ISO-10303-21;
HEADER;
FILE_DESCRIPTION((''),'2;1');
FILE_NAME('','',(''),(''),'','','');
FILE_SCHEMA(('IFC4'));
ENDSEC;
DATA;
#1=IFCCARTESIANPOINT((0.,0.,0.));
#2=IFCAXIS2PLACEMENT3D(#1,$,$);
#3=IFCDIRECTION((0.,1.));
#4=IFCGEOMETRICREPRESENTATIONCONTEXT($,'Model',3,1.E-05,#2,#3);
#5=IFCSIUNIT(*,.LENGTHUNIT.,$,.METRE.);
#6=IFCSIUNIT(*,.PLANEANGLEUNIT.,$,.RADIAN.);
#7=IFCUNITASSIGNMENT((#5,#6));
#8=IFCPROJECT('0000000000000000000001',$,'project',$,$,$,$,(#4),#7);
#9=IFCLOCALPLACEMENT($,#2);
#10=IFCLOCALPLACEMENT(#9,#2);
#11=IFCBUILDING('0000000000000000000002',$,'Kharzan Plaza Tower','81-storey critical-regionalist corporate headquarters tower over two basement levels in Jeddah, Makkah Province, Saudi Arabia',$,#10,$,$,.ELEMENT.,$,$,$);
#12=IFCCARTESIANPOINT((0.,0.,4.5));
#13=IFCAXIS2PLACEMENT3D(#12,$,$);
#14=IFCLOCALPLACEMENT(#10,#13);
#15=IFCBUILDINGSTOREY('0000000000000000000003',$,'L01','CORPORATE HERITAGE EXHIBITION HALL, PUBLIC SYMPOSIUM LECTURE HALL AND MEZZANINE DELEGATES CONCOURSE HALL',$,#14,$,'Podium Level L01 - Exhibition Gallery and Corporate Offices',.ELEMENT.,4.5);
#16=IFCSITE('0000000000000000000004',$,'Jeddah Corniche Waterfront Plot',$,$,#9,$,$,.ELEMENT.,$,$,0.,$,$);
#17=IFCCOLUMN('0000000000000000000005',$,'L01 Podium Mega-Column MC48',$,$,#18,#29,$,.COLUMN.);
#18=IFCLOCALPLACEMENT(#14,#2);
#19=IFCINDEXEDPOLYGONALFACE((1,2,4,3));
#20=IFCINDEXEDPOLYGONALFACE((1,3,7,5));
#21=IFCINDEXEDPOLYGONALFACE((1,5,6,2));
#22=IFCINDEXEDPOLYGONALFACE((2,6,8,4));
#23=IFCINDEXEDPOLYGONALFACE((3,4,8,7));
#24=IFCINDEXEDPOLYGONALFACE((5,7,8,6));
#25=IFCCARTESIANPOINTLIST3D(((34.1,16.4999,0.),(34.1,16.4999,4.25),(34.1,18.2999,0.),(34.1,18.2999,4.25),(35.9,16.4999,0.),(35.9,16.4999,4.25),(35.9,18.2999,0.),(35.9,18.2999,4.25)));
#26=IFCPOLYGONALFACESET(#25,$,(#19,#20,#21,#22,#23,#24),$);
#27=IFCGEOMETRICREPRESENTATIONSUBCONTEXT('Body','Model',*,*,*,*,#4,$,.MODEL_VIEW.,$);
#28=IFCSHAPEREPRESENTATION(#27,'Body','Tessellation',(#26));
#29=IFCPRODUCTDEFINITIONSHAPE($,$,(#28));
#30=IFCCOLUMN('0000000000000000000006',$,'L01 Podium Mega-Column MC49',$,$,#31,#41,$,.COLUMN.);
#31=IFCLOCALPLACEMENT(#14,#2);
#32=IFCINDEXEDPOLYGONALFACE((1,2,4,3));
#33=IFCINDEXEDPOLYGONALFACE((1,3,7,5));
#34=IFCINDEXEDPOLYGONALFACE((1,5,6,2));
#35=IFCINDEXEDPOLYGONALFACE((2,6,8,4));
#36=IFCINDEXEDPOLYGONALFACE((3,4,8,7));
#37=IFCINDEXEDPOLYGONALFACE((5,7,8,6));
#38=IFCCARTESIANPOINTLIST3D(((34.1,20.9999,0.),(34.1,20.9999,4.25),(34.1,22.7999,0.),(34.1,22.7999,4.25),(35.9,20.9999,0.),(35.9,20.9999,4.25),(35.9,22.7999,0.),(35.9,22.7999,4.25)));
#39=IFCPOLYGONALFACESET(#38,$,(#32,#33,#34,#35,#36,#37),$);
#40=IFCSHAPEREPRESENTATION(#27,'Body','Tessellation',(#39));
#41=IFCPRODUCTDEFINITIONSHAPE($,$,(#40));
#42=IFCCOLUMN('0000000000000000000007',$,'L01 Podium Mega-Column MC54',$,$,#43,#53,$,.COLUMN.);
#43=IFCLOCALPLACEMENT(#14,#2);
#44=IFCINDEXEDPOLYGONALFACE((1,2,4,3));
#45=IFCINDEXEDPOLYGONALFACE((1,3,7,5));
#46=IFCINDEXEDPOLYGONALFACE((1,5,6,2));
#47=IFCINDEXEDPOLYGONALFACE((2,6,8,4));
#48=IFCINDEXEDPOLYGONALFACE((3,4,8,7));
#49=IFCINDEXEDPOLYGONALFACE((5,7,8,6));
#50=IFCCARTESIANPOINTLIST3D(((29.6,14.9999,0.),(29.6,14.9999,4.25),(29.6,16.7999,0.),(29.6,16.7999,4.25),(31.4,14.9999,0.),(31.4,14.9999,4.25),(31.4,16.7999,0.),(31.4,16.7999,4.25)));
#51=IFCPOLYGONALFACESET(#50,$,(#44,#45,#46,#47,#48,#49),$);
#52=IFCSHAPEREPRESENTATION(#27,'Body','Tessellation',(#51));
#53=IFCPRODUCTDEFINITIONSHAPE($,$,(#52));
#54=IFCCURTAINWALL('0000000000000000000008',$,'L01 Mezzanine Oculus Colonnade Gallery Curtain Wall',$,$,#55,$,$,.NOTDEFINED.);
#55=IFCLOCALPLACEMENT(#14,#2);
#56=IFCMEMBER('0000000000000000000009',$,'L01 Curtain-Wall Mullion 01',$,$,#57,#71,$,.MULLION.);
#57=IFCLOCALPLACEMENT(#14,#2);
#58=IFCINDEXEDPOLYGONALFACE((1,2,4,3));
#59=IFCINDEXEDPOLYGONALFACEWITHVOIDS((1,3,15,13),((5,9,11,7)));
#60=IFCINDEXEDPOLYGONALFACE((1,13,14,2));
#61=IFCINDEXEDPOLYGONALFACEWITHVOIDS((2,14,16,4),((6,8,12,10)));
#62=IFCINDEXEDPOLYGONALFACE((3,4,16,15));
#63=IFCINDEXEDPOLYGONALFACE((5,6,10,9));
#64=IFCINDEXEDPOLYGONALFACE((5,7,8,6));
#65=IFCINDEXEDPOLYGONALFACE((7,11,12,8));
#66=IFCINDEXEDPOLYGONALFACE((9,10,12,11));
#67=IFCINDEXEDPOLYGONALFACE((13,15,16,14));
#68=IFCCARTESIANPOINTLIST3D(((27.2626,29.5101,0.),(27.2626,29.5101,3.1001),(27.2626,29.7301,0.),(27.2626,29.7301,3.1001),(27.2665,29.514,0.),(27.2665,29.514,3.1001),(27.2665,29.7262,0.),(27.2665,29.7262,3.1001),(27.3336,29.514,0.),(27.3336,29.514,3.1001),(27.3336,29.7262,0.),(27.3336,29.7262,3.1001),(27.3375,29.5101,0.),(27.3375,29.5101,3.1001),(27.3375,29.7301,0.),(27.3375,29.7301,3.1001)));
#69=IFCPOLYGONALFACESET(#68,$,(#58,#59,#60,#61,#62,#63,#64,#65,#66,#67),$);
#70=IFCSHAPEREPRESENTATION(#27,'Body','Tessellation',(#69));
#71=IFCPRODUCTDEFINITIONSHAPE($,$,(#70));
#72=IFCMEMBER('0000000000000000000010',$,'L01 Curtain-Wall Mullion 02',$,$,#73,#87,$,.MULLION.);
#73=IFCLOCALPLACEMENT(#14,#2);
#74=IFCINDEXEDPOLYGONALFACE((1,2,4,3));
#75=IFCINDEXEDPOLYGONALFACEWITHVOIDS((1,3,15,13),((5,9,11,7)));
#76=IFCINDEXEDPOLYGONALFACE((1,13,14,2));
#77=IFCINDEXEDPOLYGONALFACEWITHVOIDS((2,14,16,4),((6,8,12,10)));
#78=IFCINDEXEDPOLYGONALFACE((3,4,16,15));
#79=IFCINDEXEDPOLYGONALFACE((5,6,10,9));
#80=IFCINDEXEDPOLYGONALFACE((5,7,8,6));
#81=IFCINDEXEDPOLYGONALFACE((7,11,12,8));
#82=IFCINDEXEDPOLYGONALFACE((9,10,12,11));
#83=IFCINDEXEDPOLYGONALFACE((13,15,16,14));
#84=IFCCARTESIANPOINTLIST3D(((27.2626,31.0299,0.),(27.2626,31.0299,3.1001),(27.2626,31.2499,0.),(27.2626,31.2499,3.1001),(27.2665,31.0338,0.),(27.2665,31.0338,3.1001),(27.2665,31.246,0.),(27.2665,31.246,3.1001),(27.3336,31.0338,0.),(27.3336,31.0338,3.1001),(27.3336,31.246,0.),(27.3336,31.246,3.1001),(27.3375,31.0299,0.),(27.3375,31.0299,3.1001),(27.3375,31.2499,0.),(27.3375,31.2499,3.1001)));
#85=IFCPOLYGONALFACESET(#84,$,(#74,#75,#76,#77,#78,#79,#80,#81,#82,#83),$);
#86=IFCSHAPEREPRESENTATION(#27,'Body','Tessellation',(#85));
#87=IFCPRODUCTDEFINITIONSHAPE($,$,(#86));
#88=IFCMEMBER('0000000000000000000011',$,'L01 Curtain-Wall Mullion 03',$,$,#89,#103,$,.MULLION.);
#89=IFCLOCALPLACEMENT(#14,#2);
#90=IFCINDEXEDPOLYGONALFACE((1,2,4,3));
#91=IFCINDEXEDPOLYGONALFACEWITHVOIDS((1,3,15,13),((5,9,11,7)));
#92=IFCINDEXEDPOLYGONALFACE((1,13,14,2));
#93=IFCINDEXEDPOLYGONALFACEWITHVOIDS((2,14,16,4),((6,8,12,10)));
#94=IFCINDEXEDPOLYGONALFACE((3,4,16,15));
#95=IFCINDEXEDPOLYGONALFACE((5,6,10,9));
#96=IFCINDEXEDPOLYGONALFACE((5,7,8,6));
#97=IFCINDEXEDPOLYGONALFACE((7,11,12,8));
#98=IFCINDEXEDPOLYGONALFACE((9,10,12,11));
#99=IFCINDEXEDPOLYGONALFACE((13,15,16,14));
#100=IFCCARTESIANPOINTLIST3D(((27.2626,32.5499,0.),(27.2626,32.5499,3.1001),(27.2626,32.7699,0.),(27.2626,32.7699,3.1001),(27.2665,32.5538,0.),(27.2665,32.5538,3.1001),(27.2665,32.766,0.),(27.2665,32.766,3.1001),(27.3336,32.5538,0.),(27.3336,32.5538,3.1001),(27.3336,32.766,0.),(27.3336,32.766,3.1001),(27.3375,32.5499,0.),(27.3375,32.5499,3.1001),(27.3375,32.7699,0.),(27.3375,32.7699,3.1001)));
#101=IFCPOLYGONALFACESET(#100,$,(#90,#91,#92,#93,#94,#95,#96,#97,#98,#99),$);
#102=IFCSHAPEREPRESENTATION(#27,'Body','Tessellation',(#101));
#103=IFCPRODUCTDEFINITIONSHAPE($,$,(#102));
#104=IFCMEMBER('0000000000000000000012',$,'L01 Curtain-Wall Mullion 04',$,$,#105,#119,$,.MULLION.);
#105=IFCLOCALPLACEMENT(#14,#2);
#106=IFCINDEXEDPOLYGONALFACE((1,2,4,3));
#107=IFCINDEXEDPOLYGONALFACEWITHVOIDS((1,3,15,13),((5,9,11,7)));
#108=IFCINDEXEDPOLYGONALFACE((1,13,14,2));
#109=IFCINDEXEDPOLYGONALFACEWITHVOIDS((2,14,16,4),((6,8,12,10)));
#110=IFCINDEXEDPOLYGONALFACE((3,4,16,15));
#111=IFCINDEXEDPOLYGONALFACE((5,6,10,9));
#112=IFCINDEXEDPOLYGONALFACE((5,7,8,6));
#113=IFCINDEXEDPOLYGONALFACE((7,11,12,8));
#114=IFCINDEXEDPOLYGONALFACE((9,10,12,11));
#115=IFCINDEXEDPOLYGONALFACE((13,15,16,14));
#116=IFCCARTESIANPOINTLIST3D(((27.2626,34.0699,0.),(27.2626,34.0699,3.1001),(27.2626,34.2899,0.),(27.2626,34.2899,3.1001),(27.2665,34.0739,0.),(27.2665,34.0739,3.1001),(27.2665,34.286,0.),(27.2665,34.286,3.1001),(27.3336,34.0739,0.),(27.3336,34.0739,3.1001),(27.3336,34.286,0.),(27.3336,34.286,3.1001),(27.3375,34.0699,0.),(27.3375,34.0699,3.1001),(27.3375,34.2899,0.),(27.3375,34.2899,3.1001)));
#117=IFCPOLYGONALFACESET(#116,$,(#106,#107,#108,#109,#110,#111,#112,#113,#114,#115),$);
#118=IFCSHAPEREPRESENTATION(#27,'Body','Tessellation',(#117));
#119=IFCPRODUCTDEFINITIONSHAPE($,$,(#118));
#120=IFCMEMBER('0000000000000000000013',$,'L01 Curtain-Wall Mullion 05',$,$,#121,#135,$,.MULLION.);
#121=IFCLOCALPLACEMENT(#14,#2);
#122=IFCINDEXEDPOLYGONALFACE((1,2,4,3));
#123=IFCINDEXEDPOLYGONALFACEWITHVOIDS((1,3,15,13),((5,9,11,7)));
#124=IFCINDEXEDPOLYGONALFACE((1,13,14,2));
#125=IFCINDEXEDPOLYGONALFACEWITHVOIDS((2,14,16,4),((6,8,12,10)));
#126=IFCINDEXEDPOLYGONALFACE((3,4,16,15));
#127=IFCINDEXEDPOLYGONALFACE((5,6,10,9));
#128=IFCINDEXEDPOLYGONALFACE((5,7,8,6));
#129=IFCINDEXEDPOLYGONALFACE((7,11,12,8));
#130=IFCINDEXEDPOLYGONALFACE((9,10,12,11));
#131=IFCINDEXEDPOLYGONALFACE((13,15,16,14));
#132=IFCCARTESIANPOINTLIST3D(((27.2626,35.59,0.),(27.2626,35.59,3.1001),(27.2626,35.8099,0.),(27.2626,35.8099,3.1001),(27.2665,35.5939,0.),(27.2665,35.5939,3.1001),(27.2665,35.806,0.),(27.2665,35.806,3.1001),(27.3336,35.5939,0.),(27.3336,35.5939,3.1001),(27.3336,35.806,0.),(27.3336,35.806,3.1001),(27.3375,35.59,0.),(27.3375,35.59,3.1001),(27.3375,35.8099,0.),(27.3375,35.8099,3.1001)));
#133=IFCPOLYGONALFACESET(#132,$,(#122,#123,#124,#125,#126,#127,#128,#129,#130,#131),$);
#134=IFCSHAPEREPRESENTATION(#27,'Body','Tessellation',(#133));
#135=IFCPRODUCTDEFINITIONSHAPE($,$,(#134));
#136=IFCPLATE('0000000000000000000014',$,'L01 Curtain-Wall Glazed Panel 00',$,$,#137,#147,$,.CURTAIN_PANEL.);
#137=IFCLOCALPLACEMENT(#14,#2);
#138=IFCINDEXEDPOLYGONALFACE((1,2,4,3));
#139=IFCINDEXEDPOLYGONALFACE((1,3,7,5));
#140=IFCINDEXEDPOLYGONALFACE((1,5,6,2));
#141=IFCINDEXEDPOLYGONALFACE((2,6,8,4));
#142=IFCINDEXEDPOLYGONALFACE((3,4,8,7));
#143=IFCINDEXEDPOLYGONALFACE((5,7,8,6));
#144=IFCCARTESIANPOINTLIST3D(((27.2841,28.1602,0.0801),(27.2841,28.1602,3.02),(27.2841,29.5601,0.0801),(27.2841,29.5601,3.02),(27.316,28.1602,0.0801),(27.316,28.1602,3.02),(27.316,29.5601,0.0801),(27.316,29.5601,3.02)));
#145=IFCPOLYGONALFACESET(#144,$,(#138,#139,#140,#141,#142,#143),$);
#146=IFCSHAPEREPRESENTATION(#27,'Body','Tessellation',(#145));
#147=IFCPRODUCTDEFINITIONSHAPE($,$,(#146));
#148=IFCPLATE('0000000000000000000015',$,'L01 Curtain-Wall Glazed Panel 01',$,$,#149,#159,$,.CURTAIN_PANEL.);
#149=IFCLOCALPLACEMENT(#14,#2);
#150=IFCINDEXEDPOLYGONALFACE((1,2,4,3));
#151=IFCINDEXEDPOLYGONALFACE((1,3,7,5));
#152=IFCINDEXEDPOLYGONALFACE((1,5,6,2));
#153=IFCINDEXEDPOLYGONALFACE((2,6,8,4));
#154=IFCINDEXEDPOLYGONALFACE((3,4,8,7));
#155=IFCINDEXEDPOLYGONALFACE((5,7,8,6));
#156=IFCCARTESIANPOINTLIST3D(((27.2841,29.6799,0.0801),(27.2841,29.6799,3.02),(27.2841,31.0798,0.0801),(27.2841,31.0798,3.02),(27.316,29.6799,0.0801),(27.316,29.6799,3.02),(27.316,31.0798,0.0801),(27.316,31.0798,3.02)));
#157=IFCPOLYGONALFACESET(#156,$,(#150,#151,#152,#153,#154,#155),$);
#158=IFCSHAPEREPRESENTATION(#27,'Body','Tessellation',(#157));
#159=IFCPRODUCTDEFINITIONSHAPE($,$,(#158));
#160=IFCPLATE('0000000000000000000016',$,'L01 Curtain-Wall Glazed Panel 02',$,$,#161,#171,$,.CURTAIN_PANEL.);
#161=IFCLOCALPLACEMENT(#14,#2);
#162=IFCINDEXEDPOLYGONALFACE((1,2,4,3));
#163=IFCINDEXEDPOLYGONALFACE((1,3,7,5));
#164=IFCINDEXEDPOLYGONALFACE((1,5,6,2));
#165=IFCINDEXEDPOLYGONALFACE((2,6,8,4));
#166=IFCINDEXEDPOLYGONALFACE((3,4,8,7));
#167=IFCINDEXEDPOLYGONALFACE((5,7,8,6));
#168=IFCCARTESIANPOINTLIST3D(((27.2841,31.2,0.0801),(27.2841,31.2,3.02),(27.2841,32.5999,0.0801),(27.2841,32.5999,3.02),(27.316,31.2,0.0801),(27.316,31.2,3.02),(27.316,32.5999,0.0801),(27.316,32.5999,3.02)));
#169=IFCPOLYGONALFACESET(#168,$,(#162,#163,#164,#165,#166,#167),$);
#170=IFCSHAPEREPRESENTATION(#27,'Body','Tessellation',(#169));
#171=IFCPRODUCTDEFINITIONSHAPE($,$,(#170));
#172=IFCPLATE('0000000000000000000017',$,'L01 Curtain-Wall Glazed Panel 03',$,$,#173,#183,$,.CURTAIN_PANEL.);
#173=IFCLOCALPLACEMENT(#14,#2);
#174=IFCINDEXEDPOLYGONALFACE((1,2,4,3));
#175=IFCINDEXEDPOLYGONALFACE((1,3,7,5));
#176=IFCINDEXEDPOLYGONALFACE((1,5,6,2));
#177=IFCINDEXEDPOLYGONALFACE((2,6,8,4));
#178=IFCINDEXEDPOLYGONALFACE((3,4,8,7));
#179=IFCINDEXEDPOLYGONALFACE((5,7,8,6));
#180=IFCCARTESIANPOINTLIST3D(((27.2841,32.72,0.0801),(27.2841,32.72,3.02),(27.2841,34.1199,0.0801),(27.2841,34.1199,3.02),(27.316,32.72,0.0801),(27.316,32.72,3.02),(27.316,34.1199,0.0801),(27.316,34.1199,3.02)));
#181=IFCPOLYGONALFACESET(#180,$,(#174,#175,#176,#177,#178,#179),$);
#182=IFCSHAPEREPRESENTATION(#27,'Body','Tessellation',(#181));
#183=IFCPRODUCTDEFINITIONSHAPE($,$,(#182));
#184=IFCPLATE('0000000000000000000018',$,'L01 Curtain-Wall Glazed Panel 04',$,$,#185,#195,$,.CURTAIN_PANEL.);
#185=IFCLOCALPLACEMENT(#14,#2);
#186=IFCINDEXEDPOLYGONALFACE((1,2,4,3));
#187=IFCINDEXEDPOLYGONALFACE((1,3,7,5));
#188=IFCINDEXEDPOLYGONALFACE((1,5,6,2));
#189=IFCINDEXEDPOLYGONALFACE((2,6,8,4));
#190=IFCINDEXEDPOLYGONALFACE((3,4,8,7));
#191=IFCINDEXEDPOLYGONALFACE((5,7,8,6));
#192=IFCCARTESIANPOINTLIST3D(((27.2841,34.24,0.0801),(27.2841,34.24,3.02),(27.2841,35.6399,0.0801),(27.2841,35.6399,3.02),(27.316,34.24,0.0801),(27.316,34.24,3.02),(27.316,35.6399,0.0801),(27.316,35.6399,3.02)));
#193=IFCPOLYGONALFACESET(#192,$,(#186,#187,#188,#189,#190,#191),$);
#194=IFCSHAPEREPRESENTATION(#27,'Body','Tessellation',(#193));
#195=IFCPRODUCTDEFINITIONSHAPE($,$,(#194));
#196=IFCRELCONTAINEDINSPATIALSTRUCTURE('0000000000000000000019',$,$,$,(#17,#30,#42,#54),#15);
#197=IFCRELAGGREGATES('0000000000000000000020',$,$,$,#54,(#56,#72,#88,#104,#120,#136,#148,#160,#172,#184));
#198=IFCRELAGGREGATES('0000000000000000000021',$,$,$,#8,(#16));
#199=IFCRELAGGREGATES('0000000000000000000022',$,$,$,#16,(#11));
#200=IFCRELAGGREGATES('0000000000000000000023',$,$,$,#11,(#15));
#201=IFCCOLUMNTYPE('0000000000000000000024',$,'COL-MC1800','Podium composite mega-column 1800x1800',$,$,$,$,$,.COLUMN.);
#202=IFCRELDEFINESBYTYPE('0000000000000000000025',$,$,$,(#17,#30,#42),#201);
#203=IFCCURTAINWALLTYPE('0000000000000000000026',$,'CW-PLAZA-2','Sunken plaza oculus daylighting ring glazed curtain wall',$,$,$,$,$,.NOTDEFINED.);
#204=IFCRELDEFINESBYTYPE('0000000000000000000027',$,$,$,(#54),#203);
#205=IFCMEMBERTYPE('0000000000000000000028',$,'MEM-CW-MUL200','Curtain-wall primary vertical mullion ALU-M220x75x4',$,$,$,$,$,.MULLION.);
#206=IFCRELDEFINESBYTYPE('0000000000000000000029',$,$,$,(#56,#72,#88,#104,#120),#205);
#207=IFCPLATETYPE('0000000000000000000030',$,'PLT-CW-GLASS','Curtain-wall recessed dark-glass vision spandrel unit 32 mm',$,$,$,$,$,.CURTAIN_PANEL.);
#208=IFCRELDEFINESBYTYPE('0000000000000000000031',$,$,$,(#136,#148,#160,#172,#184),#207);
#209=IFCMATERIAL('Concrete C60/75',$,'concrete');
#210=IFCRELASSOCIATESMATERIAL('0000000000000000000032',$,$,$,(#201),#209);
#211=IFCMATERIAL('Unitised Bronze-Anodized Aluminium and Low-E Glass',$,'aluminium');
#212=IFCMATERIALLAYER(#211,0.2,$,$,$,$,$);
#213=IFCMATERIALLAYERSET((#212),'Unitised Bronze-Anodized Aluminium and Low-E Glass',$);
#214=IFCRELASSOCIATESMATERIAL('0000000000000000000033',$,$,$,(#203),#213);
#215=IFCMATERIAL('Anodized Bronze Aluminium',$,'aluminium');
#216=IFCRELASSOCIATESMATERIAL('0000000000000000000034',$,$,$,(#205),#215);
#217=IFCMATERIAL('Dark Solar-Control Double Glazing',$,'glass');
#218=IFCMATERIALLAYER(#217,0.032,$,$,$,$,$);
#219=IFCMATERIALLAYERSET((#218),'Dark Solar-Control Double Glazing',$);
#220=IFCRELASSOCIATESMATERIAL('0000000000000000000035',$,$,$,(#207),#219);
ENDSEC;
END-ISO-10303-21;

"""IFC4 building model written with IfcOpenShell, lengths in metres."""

from ifc_helpers import new_model, si_unit, direction, frame, origin, origin_2d, place, context, subcontext, project, spatial, rectangle, hollow_rectangle, extrude, source, transform, mapped, material, layer, layer_set, material_profile, profile_set, type_object, element, aggregate, save


model = new_model("IFC4")

# Units and contexts
model_context = context("Model", 3, precision=1e-05, world=origin(), true_north=direction((0.0, 1.0)))
body_context = subcontext(model_context, "Body", "Model", "MODEL_VIEW")
ifc_project = project(units=[si_unit("LENGTHUNIT", "METRE"), si_unit("PLANEANGLEUNIT", "RADIAN")], contexts=[model_context])

# Site, building, storey
site_placement = place(None, origin())
site = spatial("IfcSite", under=ifc_project, at=site_placement, Name="Jeddah Corniche Waterfront Plot", CompositionType="ELEMENT", RefElevation=0.0)
building_placement = place(site_placement, origin())
building = spatial("IfcBuilding", under=site, at=building_placement, Name="Kharzan Plaza Tower", Description="81-storey critical-regionalist corporate headquarters tower over two basement levels in Jeddah, Makkah Province, Saudi Arabia", CompositionType="ELEMENT")
storey_placement = place(building_placement, frame((0.0, 0.0, 4.5)))
storey = spatial("IfcBuildingStorey", under=building, at=storey_placement, Name="L01", Description="CORPORATE HERITAGE EXHIBITION HALL, PUBLIC SYMPOSIUM LECTURE HALL AND MEZZANINE DELEGATES CONCOURSE HALL", LongName="Podium Level L01 - Exhibition Gallery and Corporate Offices", CompositionType="ELEMENT", Elevation=4.5)

# Columns
ifc_material_1 = material(Name="Concrete C60/75", Category="concrete")
ifc_material_profile_1 = material_profile(ifc_material_1, rectangle(XDim=1.8, YDim=1.8, at=origin_2d()), Name="RC-MC1800x1800")
ifc_profile_set_1 = profile_set([ifc_material_profile_1], Name="Concrete C60/75")
column_type = type_object("IfcColumnType", Name="COL-MC1800", Description="Podium composite mega-column 1800x1800", PredefinedType="COLUMN", material=ifc_profile_set_1)
shared_shape_1 = source(origin(), body_context, "Body", "SweptSolid", [
    extrude(rectangle(XDim=1.8, YDim=1.8, at=origin_2d()), origin(), (0.0, 0.0, 1.0), 4.25),
])
for number, where, z_axis, x_axis, name in (
    (1, (35.0, 17.3999, 0.0), (0.0, 0.0, 1.0), (1.0, 0.0, 0.0), "L01 Podium Mega-Column MC48"),
    (2, (35.0, 21.8999, 0.0), (0.0, 0.0, 1.0), (1.0, 0.0, 0.0), "L01 Podium Mega-Column MC49"),
    (3, (30.5, 15.8999, 0.0), (0.0, 0.0, 1.0), (1.0, 0.0, 0.0), "L01 Podium Mega-Column MC54"),
):
    element("IfcColumn", number, at=place(storey_placement, frame(where, z_axis=z_axis, x_axis=x_axis)), inside=storey, type_object=column_type, Name=name, PredefinedType="COLUMN", context=body_context, shape_type="MappedRepresentation", body=[
        mapped(shared_shape_1, transform((0.0, 0.0, 0.0), x_axis=(1.0, 0.0, 0.0), y_axis=(0.0, 1.0, 0.0), z_axis=(0.0, 0.0, 1.0))),
    ])

# Curtain wall, members, plates
ifc_material_2 = material(Name="Unitised Bronze-Anodized Aluminium and Low-E Glass", Category="aluminium")
ifc_layer_1 = layer(ifc_material_2, 0.2)
ifc_layer_set_1 = layer_set([ifc_layer_1], Name="Unitised Bronze-Anodized Aluminium and Low-E Glass")
curtain_wall_type = type_object("IfcCurtainWallType", Name="CW-PLAZA-2", Description="Sunken plaza oculus daylighting ring glazed curtain wall", PredefinedType="NOTDEFINED", material=ifc_layer_set_1)
curtain_wall_placement = place(storey_placement, origin())
curtain_wall = element("IfcCurtainWall", 4, at=curtain_wall_placement, inside=storey, type_object=curtain_wall_type, Name="L01 Mezzanine Oculus Colonnade Gallery Curtain Wall", PredefinedType="NOTDEFINED")
ifc_material_3 = material(Name="Anodized Bronze Aluminium", Category="aluminium")
ifc_material_profile_2 = material_profile(ifc_material_3, hollow_rectangle(XDim=0.075, YDim=0.22, WallThickness=0.0039, at=origin_2d()), Name="ALU-M220x75x4")
ifc_profile_set_2 = profile_set([ifc_material_profile_2], Name="Anodized Bronze Aluminium")
member_type = type_object("IfcMemberType", Name="MEM-CW-MUL200", Description="Curtain-wall primary vertical mullion ALU-M220x75x4", PredefinedType="MULLION", material=ifc_profile_set_2)
shared_shape_2 = source(origin(), body_context, "Body", "SweptSolid", [
    extrude(hollow_rectangle(XDim=0.075, YDim=0.22, WallThickness=0.0039, at=origin_2d()), origin(), (0.0, 0.0, 1.0), 3.1001),
])
member_1_placement = place(storey_placement, frame((27.3, 29.6201, 0.0), z_axis=(0.0, 0.0, 1.0), x_axis=(1.0, 0.0, 0.0)))
member_1 = element("IfcMember", 5, at=member_1_placement, type_object=member_type, Name="L01 Curtain-Wall Mullion 01", PredefinedType="MULLION", context=body_context, shape_type="MappedRepresentation", body=[
    mapped(shared_shape_2, transform((0.0, 0.0, 0.0), x_axis=(1.0, 0.0, 0.0), y_axis=(0.0, 1.0, 0.0), z_axis=(0.0, 0.0, 1.0))),
])
member_2_placement = place(storey_placement, frame((27.3, 31.1399, 0.0), z_axis=(0.0, 0.0, 1.0), x_axis=(1.0, 0.0, 0.0)))
member_2 = element("IfcMember", 6, at=member_2_placement, type_object=member_type, Name="L01 Curtain-Wall Mullion 02", PredefinedType="MULLION", context=body_context, shape_type="MappedRepresentation", body=[
    mapped(shared_shape_2, transform((0.0, 0.0, 0.0), x_axis=(1.0, 0.0, 0.0), y_axis=(0.0, 1.0, 0.0), z_axis=(0.0, 0.0, 1.0))),
])
member_3_placement = place(storey_placement, frame((27.3, 32.6599, 0.0), z_axis=(0.0, 0.0, 1.0), x_axis=(1.0, 0.0, 0.0)))
member_3 = element("IfcMember", 7, at=member_3_placement, type_object=member_type, Name="L01 Curtain-Wall Mullion 03", PredefinedType="MULLION", context=body_context, shape_type="MappedRepresentation", body=[
    mapped(shared_shape_2, transform((0.0, 0.0, 0.0), x_axis=(1.0, 0.0, 0.0), y_axis=(0.0, 1.0, 0.0), z_axis=(0.0, 0.0, 1.0))),
])
member_4_placement = place(storey_placement, frame((27.3, 34.1799, 0.0), z_axis=(0.0, 0.0, 1.0), x_axis=(1.0, 0.0, 0.0)))
member_4 = element("IfcMember", 8, at=member_4_placement, type_object=member_type, Name="L01 Curtain-Wall Mullion 04", PredefinedType="MULLION", context=body_context, shape_type="MappedRepresentation", body=[
    mapped(shared_shape_2, transform((0.0, 0.0, 0.0), x_axis=(1.0, 0.0, 0.0), y_axis=(0.0, 1.0, 0.0), z_axis=(0.0, 0.0, 1.0))),
])
member_5_placement = place(storey_placement, frame((27.3, 35.7, 0.0), z_axis=(0.0, 0.0, 1.0), x_axis=(1.0, 0.0, 0.0)))
member_5 = element("IfcMember", 9, at=member_5_placement, type_object=member_type, Name="L01 Curtain-Wall Mullion 05", PredefinedType="MULLION", context=body_context, shape_type="MappedRepresentation", body=[
    mapped(shared_shape_2, transform((0.0, 0.0, 0.0), x_axis=(1.0, 0.0, 0.0), y_axis=(0.0, 1.0, 0.0), z_axis=(0.0, 0.0, 1.0))),
])
ifc_material_4 = material(Name="Dark Solar-Control Double Glazing", Category="glass")
ifc_layer_2 = layer(ifc_material_4, 0.032)
ifc_layer_set_2 = layer_set([ifc_layer_2], Name="Dark Solar-Control Double Glazing")
plate_type = type_object("IfcPlateType", Name="PLT-CW-GLASS", Description="Curtain-wall recessed dark-glass vision spandrel unit 32 mm", PredefinedType="CURTAIN_PANEL", material=ifc_layer_set_2)
shared_shape_3 = source(origin(), body_context, "Body", "SweptSolid", [
    extrude(rectangle(XDim=1.3999, YDim=0.032, at=origin_2d()), origin(), (0.0, 0.0, 1.0), 2.9399),
])
plate_1_placement = place(storey_placement, frame((27.3, 28.8601, 0.0801), z_axis=(0.0, 0.0, 1.0), x_axis=(0.0, 1.0, 0.0)))
plate_1 = element("IfcPlate", 10, at=plate_1_placement, type_object=plate_type, Name="L01 Curtain-Wall Glazed Panel 00", PredefinedType="CURTAIN_PANEL", context=body_context, shape_type="MappedRepresentation", body=[
    mapped(shared_shape_3, transform((0.0, 0.0, 0.0), x_axis=(1.0, 0.0, 0.0), y_axis=(0.0, 1.0, 0.0), z_axis=(0.0, 0.0, 1.0))),
])
plate_2_placement = place(storey_placement, frame((27.3, 30.3799, 0.0801), z_axis=(0.0, 0.0, 1.0), x_axis=(0.0, 1.0, 0.0)))
plate_2 = element("IfcPlate", 11, at=plate_2_placement, type_object=plate_type, Name="L01 Curtain-Wall Glazed Panel 01", PredefinedType="CURTAIN_PANEL", context=body_context, shape_type="MappedRepresentation", body=[
    mapped(shared_shape_3, transform((0.0, 0.0, 0.0), x_axis=(1.0, 0.0, 0.0), y_axis=(0.0, 1.0, 0.0), z_axis=(0.0, 0.0, 1.0))),
])
plate_3_placement = place(storey_placement, frame((27.3, 31.8999, 0.0801), z_axis=(0.0, 0.0, 1.0), x_axis=(0.0, 1.0, 0.0)))
plate_3 = element("IfcPlate", 12, at=plate_3_placement, type_object=plate_type, Name="L01 Curtain-Wall Glazed Panel 02", PredefinedType="CURTAIN_PANEL", context=body_context, shape_type="MappedRepresentation", body=[
    mapped(shared_shape_3, transform((0.0, 0.0, 0.0), x_axis=(1.0, 0.0, 0.0), y_axis=(0.0, 1.0, 0.0), z_axis=(0.0, 0.0, 1.0))),
])
plate_4_placement = place(storey_placement, frame((27.3, 33.4199, 0.0801), z_axis=(0.0, 0.0, 1.0), x_axis=(0.0, 1.0, 0.0)))
plate_4 = element("IfcPlate", 13, at=plate_4_placement, type_object=plate_type, Name="L01 Curtain-Wall Glazed Panel 03", PredefinedType="CURTAIN_PANEL", context=body_context, shape_type="MappedRepresentation", body=[
    mapped(shared_shape_3, transform((0.0, 0.0, 0.0), x_axis=(1.0, 0.0, 0.0), y_axis=(0.0, 1.0, 0.0), z_axis=(0.0, 0.0, 1.0))),
])
plate_5_placement = place(storey_placement, frame((27.3, 34.9399, 0.0801), z_axis=(0.0, 0.0, 1.0), x_axis=(0.0, 1.0, 0.0)))
plate_5 = element("IfcPlate", 14, at=plate_5_placement, type_object=plate_type, Name="L01 Curtain-Wall Glazed Panel 04", PredefinedType="CURTAIN_PANEL", context=body_context, shape_type="MappedRepresentation", body=[
    mapped(shared_shape_3, transform((0.0, 0.0, 0.0), x_axis=(1.0, 0.0, 0.0), y_axis=(0.0, 1.0, 0.0), z_axis=(0.0, 0.0, 1.0))),
])
aggregate(curtain_wall, [member_1, member_2, member_3, member_4, member_5, plate_1, plate_2, plate_3, plate_4, plate_5])

save(model, "model.ifc")
